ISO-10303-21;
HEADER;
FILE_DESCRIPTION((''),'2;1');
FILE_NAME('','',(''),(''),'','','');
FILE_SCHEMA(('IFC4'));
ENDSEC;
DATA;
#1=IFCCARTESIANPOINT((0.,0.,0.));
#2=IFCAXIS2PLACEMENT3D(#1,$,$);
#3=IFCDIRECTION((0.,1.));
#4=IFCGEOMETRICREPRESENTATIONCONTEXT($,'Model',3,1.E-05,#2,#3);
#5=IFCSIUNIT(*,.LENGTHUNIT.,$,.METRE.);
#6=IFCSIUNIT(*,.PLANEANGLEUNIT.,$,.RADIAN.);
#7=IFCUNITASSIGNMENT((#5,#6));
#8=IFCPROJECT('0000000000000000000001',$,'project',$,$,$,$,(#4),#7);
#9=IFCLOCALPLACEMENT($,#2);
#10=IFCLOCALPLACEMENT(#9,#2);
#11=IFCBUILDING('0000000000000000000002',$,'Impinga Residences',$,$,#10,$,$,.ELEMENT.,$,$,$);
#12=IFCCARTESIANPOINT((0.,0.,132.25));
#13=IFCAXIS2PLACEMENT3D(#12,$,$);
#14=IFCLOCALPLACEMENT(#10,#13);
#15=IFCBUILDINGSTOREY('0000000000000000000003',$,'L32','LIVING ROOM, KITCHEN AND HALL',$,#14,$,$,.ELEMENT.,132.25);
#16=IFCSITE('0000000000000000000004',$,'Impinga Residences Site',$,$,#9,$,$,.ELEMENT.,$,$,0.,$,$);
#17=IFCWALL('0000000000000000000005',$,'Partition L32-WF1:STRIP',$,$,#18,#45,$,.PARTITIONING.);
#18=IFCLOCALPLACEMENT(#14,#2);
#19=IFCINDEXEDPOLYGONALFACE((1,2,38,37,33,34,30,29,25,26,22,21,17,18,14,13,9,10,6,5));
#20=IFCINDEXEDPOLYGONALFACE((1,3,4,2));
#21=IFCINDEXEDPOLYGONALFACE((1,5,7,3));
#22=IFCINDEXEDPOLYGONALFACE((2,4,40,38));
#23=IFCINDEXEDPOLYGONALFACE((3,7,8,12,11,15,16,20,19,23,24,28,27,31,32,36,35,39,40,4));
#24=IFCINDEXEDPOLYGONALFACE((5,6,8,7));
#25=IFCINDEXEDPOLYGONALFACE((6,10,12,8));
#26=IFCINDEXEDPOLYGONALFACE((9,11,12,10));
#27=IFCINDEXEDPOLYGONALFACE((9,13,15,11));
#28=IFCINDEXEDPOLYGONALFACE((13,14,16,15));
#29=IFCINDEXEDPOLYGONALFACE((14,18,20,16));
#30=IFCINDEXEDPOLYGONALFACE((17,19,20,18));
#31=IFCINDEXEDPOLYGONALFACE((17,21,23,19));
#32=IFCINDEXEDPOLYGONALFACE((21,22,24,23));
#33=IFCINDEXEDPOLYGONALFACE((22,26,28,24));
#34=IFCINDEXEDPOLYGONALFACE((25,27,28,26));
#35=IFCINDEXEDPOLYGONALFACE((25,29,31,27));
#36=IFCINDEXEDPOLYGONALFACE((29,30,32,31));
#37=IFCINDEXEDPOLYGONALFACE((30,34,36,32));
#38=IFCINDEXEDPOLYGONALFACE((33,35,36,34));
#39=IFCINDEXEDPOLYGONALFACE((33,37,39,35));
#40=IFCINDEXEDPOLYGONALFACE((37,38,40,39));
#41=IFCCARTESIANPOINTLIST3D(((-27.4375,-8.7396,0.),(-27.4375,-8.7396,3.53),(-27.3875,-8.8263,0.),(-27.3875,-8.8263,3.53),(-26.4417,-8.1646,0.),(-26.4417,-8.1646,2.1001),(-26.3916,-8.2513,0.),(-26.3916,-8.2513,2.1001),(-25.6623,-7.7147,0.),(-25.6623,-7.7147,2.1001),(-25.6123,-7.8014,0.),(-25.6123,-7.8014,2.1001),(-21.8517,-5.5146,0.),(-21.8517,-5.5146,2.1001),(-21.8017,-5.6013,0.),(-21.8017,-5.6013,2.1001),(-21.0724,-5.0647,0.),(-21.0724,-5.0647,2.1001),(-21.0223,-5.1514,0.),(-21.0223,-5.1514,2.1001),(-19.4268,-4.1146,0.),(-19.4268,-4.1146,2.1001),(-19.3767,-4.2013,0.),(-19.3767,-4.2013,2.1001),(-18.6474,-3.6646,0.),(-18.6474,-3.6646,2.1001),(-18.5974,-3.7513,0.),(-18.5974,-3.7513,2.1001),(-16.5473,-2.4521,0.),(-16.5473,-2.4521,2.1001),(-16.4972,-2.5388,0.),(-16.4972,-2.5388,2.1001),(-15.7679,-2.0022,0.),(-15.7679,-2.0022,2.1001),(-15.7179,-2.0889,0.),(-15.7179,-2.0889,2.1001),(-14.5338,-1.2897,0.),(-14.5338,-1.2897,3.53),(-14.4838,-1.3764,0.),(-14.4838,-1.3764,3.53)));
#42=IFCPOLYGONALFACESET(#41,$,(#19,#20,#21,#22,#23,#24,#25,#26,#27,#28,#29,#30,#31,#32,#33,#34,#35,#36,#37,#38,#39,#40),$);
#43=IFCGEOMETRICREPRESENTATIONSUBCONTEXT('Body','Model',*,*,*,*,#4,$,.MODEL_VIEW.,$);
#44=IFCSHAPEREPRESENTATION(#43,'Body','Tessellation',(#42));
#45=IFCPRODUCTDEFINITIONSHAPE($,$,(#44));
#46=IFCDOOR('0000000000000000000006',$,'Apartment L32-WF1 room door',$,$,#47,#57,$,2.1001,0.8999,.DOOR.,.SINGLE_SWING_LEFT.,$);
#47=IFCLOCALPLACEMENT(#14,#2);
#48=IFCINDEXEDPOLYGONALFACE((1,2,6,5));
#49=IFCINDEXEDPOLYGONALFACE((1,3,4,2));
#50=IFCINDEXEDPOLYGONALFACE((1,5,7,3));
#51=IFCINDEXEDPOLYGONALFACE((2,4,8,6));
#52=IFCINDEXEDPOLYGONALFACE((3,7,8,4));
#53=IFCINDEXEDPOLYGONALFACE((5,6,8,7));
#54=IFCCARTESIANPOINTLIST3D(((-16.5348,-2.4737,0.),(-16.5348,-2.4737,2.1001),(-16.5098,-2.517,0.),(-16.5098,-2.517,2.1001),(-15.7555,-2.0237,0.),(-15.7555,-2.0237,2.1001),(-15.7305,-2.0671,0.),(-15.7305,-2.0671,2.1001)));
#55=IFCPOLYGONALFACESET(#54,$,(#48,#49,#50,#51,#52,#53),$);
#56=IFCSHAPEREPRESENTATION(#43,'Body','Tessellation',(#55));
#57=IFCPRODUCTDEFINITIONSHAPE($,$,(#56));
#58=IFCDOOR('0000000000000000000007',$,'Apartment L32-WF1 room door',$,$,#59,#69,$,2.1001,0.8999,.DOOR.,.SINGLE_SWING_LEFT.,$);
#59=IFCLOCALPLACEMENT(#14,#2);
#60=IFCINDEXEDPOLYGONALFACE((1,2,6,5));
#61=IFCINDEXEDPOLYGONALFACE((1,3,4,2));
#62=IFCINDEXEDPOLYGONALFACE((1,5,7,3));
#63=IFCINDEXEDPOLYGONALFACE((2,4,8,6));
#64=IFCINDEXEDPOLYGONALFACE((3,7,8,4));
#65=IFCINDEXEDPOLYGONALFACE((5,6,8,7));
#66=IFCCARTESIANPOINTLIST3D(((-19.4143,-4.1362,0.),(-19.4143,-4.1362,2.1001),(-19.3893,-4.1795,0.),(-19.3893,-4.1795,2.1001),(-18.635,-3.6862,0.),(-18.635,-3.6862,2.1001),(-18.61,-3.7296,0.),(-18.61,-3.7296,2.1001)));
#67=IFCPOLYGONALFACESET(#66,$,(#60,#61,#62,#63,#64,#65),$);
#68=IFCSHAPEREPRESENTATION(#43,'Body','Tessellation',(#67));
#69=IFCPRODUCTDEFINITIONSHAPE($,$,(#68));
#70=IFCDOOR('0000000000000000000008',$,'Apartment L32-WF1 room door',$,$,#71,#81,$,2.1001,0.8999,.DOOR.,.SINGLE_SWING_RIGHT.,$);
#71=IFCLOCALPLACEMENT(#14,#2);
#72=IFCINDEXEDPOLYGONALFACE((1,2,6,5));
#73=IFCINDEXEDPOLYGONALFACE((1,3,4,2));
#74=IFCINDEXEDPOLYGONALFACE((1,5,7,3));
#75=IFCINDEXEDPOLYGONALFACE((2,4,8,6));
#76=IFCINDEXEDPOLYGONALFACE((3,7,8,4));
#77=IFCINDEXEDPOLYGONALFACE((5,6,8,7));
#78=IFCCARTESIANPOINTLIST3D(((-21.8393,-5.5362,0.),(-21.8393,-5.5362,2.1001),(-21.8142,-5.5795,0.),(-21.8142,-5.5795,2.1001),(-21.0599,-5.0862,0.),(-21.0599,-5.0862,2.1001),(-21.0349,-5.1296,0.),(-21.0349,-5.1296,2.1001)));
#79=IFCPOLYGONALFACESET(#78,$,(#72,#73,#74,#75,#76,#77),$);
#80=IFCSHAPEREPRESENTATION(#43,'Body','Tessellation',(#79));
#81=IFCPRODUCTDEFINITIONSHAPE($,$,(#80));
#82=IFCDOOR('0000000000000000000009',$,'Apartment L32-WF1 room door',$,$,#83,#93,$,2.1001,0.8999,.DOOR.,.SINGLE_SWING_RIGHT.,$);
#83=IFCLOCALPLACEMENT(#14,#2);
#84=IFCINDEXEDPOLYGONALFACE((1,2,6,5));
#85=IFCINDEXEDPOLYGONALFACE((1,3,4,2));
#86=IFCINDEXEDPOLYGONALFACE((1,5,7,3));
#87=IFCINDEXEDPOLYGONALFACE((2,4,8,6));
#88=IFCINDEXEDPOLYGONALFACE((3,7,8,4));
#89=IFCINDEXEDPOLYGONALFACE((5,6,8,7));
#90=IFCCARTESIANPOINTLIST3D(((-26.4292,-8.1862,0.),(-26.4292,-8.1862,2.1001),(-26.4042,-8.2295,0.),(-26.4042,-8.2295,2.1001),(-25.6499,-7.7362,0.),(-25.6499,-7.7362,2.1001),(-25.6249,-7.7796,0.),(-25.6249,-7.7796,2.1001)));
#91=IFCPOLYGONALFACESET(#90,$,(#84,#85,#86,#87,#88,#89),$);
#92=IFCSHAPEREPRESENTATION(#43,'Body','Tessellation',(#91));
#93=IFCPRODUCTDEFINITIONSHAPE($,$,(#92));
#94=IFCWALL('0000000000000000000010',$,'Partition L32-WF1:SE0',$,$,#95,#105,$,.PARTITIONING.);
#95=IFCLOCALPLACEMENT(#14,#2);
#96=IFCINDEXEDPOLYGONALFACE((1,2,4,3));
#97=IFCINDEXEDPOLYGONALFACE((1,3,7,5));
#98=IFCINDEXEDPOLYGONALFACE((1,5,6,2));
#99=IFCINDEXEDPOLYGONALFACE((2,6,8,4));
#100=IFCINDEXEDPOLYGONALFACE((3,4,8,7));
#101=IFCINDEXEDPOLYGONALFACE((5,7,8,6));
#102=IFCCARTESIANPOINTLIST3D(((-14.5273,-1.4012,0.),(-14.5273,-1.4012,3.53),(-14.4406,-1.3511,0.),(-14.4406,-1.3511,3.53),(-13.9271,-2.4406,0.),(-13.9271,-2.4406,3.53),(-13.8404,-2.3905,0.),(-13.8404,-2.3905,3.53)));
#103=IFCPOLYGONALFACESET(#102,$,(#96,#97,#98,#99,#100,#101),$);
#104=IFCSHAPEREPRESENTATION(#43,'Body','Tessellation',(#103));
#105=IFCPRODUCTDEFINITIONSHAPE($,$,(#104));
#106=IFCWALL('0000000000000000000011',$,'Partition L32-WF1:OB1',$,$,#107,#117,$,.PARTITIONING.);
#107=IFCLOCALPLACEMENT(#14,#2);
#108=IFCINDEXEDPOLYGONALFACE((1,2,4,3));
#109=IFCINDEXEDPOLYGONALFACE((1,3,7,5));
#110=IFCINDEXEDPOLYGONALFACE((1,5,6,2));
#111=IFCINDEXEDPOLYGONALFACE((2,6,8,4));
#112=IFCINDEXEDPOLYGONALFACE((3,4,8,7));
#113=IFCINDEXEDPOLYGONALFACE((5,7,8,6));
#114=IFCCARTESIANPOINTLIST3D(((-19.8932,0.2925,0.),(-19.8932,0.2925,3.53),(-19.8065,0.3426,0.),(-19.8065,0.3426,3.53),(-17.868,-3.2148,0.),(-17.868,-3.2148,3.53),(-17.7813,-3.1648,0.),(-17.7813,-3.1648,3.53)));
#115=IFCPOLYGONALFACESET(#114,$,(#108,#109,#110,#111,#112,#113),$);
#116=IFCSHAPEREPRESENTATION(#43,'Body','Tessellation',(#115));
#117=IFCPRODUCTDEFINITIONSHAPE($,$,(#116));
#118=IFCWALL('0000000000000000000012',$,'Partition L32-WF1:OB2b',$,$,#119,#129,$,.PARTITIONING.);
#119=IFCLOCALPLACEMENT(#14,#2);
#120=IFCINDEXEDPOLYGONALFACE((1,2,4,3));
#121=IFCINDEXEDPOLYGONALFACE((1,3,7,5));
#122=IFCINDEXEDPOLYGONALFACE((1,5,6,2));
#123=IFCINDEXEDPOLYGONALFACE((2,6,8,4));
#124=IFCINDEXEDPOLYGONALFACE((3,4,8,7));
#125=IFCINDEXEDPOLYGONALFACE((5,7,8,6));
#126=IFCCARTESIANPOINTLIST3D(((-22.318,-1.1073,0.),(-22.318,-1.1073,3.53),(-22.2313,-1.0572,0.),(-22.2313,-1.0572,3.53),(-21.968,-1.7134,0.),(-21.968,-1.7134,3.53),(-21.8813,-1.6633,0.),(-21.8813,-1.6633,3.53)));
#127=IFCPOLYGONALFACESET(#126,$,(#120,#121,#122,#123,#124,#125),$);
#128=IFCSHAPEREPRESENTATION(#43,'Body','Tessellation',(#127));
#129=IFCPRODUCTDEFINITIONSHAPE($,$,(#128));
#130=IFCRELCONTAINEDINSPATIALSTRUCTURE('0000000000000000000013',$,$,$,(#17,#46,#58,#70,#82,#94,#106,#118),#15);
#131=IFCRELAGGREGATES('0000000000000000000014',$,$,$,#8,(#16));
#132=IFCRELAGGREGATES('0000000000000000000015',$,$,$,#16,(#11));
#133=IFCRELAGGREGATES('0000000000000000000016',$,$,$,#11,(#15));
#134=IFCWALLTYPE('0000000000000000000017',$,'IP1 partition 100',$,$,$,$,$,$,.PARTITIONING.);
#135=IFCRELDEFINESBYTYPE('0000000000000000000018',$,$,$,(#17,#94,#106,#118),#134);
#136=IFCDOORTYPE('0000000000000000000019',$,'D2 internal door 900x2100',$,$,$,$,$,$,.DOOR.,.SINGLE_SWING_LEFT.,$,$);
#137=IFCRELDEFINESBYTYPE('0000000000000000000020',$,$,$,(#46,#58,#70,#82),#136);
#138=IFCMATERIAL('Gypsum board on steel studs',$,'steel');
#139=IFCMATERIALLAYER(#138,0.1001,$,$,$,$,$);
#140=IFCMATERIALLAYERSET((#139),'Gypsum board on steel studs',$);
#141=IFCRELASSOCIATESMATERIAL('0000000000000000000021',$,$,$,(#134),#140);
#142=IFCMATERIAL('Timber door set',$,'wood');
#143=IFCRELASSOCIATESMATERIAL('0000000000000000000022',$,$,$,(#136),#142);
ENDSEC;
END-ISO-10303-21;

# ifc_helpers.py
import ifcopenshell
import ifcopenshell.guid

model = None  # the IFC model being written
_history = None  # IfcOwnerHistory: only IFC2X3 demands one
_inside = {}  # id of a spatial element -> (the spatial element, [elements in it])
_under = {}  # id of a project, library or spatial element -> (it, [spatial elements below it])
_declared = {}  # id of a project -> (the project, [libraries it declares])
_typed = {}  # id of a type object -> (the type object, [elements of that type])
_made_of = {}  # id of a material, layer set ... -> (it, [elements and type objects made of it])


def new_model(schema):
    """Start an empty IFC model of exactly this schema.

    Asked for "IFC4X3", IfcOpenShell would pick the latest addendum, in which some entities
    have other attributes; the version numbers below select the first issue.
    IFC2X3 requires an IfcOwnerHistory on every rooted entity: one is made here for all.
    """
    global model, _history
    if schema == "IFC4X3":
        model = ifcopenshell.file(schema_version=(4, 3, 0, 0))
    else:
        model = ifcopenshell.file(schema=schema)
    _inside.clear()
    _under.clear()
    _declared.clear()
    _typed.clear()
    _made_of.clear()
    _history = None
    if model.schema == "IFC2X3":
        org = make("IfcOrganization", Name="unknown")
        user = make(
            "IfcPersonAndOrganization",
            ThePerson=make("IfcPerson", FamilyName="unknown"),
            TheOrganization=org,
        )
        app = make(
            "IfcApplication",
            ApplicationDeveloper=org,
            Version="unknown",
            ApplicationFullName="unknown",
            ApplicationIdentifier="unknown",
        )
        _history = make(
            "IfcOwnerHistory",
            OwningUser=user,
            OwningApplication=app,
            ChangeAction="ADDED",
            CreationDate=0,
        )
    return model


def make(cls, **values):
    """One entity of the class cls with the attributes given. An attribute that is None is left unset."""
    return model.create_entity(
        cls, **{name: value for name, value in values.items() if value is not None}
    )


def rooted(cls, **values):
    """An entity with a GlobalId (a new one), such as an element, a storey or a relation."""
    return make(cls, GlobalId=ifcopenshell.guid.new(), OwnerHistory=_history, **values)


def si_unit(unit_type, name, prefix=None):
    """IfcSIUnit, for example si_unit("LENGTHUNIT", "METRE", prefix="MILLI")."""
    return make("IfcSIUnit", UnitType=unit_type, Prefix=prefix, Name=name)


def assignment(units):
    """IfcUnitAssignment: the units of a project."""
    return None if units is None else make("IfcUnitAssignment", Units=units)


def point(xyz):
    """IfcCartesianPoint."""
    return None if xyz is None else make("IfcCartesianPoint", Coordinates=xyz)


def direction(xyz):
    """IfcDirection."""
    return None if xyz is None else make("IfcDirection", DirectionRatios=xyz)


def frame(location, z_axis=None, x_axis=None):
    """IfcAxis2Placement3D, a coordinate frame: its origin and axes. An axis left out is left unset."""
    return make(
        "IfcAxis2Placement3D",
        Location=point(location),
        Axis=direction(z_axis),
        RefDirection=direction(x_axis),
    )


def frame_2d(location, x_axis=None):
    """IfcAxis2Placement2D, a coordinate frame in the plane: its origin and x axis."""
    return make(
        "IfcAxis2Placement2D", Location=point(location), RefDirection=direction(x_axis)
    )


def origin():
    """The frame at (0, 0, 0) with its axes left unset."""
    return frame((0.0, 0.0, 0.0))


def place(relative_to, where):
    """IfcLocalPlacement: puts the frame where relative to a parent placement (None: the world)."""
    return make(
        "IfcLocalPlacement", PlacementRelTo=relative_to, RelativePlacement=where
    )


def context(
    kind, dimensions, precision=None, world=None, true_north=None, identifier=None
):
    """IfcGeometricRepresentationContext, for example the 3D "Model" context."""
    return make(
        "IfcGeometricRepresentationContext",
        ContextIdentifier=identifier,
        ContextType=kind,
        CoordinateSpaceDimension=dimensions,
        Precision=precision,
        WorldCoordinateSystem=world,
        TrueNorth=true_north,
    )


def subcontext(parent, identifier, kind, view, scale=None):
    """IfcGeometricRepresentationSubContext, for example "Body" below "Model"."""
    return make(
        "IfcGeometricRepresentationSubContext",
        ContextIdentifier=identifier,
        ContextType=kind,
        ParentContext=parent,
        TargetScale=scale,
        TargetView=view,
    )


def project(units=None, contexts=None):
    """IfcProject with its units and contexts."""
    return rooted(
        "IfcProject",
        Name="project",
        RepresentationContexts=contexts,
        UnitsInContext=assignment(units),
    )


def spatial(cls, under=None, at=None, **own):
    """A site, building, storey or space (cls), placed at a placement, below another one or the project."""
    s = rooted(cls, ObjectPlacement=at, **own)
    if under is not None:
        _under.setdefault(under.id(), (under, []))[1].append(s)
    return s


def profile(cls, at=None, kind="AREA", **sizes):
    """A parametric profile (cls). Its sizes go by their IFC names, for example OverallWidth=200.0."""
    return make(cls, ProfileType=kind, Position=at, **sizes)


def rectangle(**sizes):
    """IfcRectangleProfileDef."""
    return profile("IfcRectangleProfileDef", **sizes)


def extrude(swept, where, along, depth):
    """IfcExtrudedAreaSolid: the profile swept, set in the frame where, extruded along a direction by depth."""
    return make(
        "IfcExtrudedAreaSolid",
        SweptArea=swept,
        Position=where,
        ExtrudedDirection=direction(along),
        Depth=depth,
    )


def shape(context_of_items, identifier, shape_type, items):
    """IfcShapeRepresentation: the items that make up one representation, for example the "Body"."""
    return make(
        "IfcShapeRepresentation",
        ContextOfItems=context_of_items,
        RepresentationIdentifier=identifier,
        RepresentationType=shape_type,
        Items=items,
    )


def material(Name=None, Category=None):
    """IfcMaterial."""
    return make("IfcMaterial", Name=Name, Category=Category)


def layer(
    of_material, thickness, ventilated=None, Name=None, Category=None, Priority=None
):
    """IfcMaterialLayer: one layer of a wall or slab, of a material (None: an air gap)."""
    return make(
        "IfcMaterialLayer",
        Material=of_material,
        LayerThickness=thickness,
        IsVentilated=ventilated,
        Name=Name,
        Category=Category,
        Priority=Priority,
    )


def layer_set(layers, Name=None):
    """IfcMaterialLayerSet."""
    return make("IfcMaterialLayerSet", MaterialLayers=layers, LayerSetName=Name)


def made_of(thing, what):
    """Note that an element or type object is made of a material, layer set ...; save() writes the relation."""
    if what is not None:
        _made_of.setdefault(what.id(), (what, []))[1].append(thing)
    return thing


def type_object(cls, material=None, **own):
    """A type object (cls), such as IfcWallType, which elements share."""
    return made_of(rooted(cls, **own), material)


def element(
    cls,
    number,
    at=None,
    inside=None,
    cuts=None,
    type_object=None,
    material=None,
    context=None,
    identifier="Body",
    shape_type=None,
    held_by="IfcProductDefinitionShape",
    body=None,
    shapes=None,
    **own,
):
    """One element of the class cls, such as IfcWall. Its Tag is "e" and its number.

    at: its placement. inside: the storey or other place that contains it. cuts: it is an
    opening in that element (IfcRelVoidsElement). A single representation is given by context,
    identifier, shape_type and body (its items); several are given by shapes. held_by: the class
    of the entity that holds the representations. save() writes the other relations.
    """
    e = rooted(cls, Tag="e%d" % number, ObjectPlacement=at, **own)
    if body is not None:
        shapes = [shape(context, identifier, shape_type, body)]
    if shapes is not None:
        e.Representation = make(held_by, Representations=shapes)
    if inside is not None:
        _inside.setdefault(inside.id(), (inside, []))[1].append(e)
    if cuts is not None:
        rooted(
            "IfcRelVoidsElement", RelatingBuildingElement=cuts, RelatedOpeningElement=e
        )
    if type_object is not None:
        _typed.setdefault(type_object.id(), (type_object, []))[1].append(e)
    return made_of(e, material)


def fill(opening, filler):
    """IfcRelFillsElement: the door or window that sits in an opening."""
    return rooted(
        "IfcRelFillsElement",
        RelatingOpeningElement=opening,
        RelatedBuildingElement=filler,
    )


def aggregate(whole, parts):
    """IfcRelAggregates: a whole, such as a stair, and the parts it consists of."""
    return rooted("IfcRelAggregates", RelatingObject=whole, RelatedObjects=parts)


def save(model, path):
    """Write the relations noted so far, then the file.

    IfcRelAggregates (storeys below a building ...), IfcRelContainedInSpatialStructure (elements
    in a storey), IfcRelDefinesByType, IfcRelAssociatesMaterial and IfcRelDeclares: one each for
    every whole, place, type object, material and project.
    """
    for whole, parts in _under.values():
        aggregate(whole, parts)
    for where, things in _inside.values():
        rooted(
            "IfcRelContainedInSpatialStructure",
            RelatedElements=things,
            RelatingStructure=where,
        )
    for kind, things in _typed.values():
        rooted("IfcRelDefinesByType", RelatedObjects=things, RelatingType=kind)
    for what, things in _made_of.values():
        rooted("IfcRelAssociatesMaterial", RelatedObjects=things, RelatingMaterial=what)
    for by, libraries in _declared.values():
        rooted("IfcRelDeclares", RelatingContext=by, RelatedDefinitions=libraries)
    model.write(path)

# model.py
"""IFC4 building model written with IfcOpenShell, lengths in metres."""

from ifc_helpers import new_model, si_unit, direction, frame, frame_2d, origin, place, context, subcontext, project, spatial, rectangle, extrude, material, layer, layer_set, type_object, element, fill, save


model = new_model("IFC4")

# Units and contexts
model_context = context("Model", 3, precision=1e-05, world=origin(), true_north=direction((0.0, 1.0)))
body_context = subcontext(model_context, "Body", "Model", "MODEL_VIEW")
ifc_project = project(units=[si_unit("LENGTHUNIT", "METRE"), si_unit("PLANEANGLEUNIT", "RADIAN")], contexts=[model_context])

# Site, building, storey
site_placement = place(None, origin())
site = spatial("IfcSite", under=ifc_project, at=site_placement, Name="Impinga Residences Site", CompositionType="ELEMENT", RefElevation=0.0)
building_placement = place(site_placement, origin())
building = spatial("IfcBuilding", under=site, at=building_placement, Name="Impinga Residences", CompositionType="ELEMENT")
storey_placement = place(building_placement, frame((0.0, 0.0, 132.25)))
storey = spatial("IfcBuildingStorey", under=building, at=storey_placement, Name="L32", Description="LIVING ROOM, KITCHEN AND HALL", CompositionType="ELEMENT", Elevation=132.25)

# Shared definitions
ifc_material_1 = material(Name="Timber door set", Category="wood")

# Shared definitions
ifc_material_2 = material(Name="Gypsum board on steel studs", Category="steel")
ifc_layer_1 = layer(ifc_material_2, 0.1001)
ifc_layer_set_1 = layer_set([ifc_layer_1], Name="Gypsum board on steel studs")
wall_type_1 = type_object("IfcWallType", Name="IP1 partition 100", PredefinedType="PARTITIONING", material=ifc_layer_set_1)

# Wall, openings, doors
wall_1_placement = place(storey_placement, frame((-14.5088, -1.333, 0.0), z_axis=(0.0, 0.0, 1.0), x_axis=(-0.866027, -0.499997, 0.0)))
wall_1 = element("IfcWall", 1, at=wall_1_placement, inside=storey, type_object=wall_type_1, Name="Partition L32-WF1:STRIP", PredefinedType="PARTITIONING", context=body_context, shape_type="SweptSolid", body=[
    extrude(rectangle(XDim=14.8999, YDim=0.1001, at=frame_2d((7.45, 0.0))), origin(), (0.0, 0.0, 1.0), 3.53),
])
opening_1_placement = place(wall_1_placement, frame((1.425, 0.0, 0.0)))
opening_1 = element("IfcOpeningElement", 2, at=opening_1_placement, cuts=wall_1, PredefinedType="OPENING", context=body_context, shape_type="SweptSolid", body=[
    extrude(rectangle(XDim=0.8999, YDim=2.1001, at=frame_2d((0.45, 1.05))), frame((0.0, 0.0601, 0.0), z_axis=(0.0, -1.0, 0.0), x_axis=(1.0, 0.0, 0.0)), (0.0, 0.0, 1.0), 0.1201),
])
opening_2_placement = place(wall_1_placement, frame((4.75, 0.0, 0.0)))
opening_2 = element("IfcOpeningElement", 3, at=opening_2_placement, cuts=wall_1, PredefinedType="OPENING", context=body_context, shape_type="SweptSolid", body=[
    extrude(rectangle(XDim=0.8999, YDim=2.1001, at=frame_2d((0.45, 1.05))), frame((0.0, 0.0601, 0.0), z_axis=(0.0, -1.0, 0.0), x_axis=(1.0, 0.0, 0.0)), (0.0, 0.0, 1.0), 0.1201),
])
opening_3_placement = place(wall_1_placement, frame((7.55, 0.0, 0.0)))
opening_3 = element("IfcOpeningElement", 4, at=opening_3_placement, cuts=wall_1, PredefinedType="OPENING", context=body_context, shape_type="SweptSolid", body=[
    extrude(rectangle(XDim=0.8999, YDim=2.1001, at=frame_2d((0.45, 1.05))), frame((0.0, 0.0601, 0.0), z_axis=(0.0, -1.0, 0.0), x_axis=(1.0, 0.0, 0.0)), (0.0, 0.0, 1.0), 0.1201),
])
opening_4_placement = place(wall_1_placement, frame((12.8501, 0.0, 0.0)))
opening_4 = element("IfcOpeningElement", 5, at=opening_4_placement, cuts=wall_1, PredefinedType="OPENING", context=body_context, shape_type="SweptSolid", body=[
    extrude(rectangle(XDim=0.8999, YDim=2.1001, at=frame_2d((0.45, 1.05))), frame((0.0, 0.0601, 0.0), z_axis=(0.0, -1.0, 0.0), x_axis=(1.0, 0.0, 0.0)), (0.0, 0.0, 1.0), 0.1201),
])
door_type_1 = type_object("IfcDoorType", Name="D2 internal door 900x2100", OperationType="SINGLE_SWING_LEFT", PredefinedType="DOOR", material=ifc_material_1)
door_1_placement = place(opening_1_placement, origin())
door_1 = element("IfcDoor", 6, at=door_1_placement, inside=storey, type_object=door_type_1, Name="Apartment L32-WF1 room door", OperationType="SINGLE_SWING_LEFT", OverallHeight=2.1001, OverallWidth=0.8999, PredefinedType="DOOR", context=body_context, shape_type="SweptSolid", body=[
    extrude(rectangle(XDim=0.8999, YDim=2.1001, at=frame_2d((0.45, 1.05))), frame((0.0, 0.0249, 0.0), z_axis=(0.0, -1.0, 0.0), x_axis=(1.0, 0.0, 0.0)), (0.0, 0.0, 1.0), 0.05),
])
fill(opening_1, door_1)
door_2_placement = place(opening_2_placement, origin())
door_2 = element("IfcDoor", 7, at=door_2_placement, inside=storey, type_object=door_type_1, Name="Apartment L32-WF1 room door", OperationType="SINGLE_SWING_LEFT", OverallHeight=2.1001, OverallWidth=0.8999, PredefinedType="DOOR", context=body_context, shape_type="SweptSolid", body=[
    extrude(rectangle(XDim=0.8999, YDim=2.1001, at=frame_2d((0.45, 1.05))), frame((0.0, 0.0249, 0.0), z_axis=(0.0, -1.0, 0.0), x_axis=(1.0, 0.0, 0.0)), (0.0, 0.0, 1.0), 0.05),
])
fill(opening_2, door_2)
door_3_placement = place(opening_3_placement, origin())
door_3 = element("IfcDoor", 8, at=door_3_placement, inside=storey, type_object=door_type_1, Name="Apartment L32-WF1 room door", OperationType="SINGLE_SWING_RIGHT", OverallHeight=2.1001, OverallWidth=0.8999, PredefinedType="DOOR", context=body_context, shape_type="SweptSolid", body=[
    extrude(rectangle(XDim=0.8999, YDim=2.1001, at=frame_2d((0.45, 1.05))), frame((0.0, 0.0249, 0.0), z_axis=(0.0, -1.0, 0.0), x_axis=(1.0, 0.0, 0.0)), (0.0, 0.0, 1.0), 0.05),
])
fill(opening_3, door_3)
door_4_placement = place(opening_4_placement, origin())
door_4 = element("IfcDoor", 9, at=door_4_placement, inside=storey, type_object=door_type_1, Name="Apartment L32-WF1 room door", OperationType="SINGLE_SWING_RIGHT", OverallHeight=2.1001, OverallWidth=0.8999, PredefinedType="DOOR", context=body_context, shape_type="SweptSolid", body=[
    extrude(rectangle(XDim=0.8999, YDim=2.1001, at=frame_2d((0.45, 1.05))), frame((0.0, 0.0249, 0.0), z_axis=(0.0, -1.0, 0.0), x_axis=(1.0, 0.0, 0.0)), (0.0, 0.0, 1.0), 0.05),
])
fill(opening_4, door_4)

# Walls
wall_2_placement = place(storey_placement, frame((-13.8838, -2.4155, 0.0), z_axis=(0.0, 0.0, 1.0), x_axis=(-0.500034, 0.866006, 0.0)))
element("IfcWall", 10, at=wall_2_placement, inside=storey, type_object=wall_type_1, Name="Partition L32-WF1:SE0", PredefinedType="PARTITIONING", context=body_context, shape_type="SweptSolid", body=[
    extrude(rectangle(XDim=1.2002, YDim=0.1001, at=frame_2d((0.6001, 0.0))), origin(), (0.0, 0.0, 1.0), 3.53),
])
wall_3_placement = place(storey_placement, frame((-17.8247, -3.1897, 0.0), z_axis=(0.0, 0.0, 1.0), x_axis=(-0.500036, 0.866005, 0.0)))
element("IfcWall", 11, at=wall_3_placement, inside=storey, type_object=wall_type_1, Name="Partition L32-WF1:OB1", PredefinedType="PARTITIONING", context=body_context, shape_type="SweptSolid", body=[
    extrude(rectangle(XDim=4.05, YDim=0.1001, at=frame_2d((2.0249, 0.0))), origin(), (0.0, 0.0, 1.0), 3.53),
])
wall_4_placement = place(storey_placement, frame((-21.9246, -1.6885, 0.0), z_axis=(0.0, 0.0, 1.0), x_axis=(-0.500115, 0.865959, 0.0)))
element("IfcWall", 12, at=wall_4_placement, inside=storey, type_object=wall_type_1, Name="Partition L32-WF1:OB2b", PredefinedType="PARTITIONING", context=body_context, shape_type="SweptSolid", body=[
    extrude(rectangle(XDim=0.7, YDim=0.1001, at=frame_2d((0.3501, 0.0))), origin(), (0.0, 0.0, 1.0), 3.53),
])

save(model, "model.ifc")
